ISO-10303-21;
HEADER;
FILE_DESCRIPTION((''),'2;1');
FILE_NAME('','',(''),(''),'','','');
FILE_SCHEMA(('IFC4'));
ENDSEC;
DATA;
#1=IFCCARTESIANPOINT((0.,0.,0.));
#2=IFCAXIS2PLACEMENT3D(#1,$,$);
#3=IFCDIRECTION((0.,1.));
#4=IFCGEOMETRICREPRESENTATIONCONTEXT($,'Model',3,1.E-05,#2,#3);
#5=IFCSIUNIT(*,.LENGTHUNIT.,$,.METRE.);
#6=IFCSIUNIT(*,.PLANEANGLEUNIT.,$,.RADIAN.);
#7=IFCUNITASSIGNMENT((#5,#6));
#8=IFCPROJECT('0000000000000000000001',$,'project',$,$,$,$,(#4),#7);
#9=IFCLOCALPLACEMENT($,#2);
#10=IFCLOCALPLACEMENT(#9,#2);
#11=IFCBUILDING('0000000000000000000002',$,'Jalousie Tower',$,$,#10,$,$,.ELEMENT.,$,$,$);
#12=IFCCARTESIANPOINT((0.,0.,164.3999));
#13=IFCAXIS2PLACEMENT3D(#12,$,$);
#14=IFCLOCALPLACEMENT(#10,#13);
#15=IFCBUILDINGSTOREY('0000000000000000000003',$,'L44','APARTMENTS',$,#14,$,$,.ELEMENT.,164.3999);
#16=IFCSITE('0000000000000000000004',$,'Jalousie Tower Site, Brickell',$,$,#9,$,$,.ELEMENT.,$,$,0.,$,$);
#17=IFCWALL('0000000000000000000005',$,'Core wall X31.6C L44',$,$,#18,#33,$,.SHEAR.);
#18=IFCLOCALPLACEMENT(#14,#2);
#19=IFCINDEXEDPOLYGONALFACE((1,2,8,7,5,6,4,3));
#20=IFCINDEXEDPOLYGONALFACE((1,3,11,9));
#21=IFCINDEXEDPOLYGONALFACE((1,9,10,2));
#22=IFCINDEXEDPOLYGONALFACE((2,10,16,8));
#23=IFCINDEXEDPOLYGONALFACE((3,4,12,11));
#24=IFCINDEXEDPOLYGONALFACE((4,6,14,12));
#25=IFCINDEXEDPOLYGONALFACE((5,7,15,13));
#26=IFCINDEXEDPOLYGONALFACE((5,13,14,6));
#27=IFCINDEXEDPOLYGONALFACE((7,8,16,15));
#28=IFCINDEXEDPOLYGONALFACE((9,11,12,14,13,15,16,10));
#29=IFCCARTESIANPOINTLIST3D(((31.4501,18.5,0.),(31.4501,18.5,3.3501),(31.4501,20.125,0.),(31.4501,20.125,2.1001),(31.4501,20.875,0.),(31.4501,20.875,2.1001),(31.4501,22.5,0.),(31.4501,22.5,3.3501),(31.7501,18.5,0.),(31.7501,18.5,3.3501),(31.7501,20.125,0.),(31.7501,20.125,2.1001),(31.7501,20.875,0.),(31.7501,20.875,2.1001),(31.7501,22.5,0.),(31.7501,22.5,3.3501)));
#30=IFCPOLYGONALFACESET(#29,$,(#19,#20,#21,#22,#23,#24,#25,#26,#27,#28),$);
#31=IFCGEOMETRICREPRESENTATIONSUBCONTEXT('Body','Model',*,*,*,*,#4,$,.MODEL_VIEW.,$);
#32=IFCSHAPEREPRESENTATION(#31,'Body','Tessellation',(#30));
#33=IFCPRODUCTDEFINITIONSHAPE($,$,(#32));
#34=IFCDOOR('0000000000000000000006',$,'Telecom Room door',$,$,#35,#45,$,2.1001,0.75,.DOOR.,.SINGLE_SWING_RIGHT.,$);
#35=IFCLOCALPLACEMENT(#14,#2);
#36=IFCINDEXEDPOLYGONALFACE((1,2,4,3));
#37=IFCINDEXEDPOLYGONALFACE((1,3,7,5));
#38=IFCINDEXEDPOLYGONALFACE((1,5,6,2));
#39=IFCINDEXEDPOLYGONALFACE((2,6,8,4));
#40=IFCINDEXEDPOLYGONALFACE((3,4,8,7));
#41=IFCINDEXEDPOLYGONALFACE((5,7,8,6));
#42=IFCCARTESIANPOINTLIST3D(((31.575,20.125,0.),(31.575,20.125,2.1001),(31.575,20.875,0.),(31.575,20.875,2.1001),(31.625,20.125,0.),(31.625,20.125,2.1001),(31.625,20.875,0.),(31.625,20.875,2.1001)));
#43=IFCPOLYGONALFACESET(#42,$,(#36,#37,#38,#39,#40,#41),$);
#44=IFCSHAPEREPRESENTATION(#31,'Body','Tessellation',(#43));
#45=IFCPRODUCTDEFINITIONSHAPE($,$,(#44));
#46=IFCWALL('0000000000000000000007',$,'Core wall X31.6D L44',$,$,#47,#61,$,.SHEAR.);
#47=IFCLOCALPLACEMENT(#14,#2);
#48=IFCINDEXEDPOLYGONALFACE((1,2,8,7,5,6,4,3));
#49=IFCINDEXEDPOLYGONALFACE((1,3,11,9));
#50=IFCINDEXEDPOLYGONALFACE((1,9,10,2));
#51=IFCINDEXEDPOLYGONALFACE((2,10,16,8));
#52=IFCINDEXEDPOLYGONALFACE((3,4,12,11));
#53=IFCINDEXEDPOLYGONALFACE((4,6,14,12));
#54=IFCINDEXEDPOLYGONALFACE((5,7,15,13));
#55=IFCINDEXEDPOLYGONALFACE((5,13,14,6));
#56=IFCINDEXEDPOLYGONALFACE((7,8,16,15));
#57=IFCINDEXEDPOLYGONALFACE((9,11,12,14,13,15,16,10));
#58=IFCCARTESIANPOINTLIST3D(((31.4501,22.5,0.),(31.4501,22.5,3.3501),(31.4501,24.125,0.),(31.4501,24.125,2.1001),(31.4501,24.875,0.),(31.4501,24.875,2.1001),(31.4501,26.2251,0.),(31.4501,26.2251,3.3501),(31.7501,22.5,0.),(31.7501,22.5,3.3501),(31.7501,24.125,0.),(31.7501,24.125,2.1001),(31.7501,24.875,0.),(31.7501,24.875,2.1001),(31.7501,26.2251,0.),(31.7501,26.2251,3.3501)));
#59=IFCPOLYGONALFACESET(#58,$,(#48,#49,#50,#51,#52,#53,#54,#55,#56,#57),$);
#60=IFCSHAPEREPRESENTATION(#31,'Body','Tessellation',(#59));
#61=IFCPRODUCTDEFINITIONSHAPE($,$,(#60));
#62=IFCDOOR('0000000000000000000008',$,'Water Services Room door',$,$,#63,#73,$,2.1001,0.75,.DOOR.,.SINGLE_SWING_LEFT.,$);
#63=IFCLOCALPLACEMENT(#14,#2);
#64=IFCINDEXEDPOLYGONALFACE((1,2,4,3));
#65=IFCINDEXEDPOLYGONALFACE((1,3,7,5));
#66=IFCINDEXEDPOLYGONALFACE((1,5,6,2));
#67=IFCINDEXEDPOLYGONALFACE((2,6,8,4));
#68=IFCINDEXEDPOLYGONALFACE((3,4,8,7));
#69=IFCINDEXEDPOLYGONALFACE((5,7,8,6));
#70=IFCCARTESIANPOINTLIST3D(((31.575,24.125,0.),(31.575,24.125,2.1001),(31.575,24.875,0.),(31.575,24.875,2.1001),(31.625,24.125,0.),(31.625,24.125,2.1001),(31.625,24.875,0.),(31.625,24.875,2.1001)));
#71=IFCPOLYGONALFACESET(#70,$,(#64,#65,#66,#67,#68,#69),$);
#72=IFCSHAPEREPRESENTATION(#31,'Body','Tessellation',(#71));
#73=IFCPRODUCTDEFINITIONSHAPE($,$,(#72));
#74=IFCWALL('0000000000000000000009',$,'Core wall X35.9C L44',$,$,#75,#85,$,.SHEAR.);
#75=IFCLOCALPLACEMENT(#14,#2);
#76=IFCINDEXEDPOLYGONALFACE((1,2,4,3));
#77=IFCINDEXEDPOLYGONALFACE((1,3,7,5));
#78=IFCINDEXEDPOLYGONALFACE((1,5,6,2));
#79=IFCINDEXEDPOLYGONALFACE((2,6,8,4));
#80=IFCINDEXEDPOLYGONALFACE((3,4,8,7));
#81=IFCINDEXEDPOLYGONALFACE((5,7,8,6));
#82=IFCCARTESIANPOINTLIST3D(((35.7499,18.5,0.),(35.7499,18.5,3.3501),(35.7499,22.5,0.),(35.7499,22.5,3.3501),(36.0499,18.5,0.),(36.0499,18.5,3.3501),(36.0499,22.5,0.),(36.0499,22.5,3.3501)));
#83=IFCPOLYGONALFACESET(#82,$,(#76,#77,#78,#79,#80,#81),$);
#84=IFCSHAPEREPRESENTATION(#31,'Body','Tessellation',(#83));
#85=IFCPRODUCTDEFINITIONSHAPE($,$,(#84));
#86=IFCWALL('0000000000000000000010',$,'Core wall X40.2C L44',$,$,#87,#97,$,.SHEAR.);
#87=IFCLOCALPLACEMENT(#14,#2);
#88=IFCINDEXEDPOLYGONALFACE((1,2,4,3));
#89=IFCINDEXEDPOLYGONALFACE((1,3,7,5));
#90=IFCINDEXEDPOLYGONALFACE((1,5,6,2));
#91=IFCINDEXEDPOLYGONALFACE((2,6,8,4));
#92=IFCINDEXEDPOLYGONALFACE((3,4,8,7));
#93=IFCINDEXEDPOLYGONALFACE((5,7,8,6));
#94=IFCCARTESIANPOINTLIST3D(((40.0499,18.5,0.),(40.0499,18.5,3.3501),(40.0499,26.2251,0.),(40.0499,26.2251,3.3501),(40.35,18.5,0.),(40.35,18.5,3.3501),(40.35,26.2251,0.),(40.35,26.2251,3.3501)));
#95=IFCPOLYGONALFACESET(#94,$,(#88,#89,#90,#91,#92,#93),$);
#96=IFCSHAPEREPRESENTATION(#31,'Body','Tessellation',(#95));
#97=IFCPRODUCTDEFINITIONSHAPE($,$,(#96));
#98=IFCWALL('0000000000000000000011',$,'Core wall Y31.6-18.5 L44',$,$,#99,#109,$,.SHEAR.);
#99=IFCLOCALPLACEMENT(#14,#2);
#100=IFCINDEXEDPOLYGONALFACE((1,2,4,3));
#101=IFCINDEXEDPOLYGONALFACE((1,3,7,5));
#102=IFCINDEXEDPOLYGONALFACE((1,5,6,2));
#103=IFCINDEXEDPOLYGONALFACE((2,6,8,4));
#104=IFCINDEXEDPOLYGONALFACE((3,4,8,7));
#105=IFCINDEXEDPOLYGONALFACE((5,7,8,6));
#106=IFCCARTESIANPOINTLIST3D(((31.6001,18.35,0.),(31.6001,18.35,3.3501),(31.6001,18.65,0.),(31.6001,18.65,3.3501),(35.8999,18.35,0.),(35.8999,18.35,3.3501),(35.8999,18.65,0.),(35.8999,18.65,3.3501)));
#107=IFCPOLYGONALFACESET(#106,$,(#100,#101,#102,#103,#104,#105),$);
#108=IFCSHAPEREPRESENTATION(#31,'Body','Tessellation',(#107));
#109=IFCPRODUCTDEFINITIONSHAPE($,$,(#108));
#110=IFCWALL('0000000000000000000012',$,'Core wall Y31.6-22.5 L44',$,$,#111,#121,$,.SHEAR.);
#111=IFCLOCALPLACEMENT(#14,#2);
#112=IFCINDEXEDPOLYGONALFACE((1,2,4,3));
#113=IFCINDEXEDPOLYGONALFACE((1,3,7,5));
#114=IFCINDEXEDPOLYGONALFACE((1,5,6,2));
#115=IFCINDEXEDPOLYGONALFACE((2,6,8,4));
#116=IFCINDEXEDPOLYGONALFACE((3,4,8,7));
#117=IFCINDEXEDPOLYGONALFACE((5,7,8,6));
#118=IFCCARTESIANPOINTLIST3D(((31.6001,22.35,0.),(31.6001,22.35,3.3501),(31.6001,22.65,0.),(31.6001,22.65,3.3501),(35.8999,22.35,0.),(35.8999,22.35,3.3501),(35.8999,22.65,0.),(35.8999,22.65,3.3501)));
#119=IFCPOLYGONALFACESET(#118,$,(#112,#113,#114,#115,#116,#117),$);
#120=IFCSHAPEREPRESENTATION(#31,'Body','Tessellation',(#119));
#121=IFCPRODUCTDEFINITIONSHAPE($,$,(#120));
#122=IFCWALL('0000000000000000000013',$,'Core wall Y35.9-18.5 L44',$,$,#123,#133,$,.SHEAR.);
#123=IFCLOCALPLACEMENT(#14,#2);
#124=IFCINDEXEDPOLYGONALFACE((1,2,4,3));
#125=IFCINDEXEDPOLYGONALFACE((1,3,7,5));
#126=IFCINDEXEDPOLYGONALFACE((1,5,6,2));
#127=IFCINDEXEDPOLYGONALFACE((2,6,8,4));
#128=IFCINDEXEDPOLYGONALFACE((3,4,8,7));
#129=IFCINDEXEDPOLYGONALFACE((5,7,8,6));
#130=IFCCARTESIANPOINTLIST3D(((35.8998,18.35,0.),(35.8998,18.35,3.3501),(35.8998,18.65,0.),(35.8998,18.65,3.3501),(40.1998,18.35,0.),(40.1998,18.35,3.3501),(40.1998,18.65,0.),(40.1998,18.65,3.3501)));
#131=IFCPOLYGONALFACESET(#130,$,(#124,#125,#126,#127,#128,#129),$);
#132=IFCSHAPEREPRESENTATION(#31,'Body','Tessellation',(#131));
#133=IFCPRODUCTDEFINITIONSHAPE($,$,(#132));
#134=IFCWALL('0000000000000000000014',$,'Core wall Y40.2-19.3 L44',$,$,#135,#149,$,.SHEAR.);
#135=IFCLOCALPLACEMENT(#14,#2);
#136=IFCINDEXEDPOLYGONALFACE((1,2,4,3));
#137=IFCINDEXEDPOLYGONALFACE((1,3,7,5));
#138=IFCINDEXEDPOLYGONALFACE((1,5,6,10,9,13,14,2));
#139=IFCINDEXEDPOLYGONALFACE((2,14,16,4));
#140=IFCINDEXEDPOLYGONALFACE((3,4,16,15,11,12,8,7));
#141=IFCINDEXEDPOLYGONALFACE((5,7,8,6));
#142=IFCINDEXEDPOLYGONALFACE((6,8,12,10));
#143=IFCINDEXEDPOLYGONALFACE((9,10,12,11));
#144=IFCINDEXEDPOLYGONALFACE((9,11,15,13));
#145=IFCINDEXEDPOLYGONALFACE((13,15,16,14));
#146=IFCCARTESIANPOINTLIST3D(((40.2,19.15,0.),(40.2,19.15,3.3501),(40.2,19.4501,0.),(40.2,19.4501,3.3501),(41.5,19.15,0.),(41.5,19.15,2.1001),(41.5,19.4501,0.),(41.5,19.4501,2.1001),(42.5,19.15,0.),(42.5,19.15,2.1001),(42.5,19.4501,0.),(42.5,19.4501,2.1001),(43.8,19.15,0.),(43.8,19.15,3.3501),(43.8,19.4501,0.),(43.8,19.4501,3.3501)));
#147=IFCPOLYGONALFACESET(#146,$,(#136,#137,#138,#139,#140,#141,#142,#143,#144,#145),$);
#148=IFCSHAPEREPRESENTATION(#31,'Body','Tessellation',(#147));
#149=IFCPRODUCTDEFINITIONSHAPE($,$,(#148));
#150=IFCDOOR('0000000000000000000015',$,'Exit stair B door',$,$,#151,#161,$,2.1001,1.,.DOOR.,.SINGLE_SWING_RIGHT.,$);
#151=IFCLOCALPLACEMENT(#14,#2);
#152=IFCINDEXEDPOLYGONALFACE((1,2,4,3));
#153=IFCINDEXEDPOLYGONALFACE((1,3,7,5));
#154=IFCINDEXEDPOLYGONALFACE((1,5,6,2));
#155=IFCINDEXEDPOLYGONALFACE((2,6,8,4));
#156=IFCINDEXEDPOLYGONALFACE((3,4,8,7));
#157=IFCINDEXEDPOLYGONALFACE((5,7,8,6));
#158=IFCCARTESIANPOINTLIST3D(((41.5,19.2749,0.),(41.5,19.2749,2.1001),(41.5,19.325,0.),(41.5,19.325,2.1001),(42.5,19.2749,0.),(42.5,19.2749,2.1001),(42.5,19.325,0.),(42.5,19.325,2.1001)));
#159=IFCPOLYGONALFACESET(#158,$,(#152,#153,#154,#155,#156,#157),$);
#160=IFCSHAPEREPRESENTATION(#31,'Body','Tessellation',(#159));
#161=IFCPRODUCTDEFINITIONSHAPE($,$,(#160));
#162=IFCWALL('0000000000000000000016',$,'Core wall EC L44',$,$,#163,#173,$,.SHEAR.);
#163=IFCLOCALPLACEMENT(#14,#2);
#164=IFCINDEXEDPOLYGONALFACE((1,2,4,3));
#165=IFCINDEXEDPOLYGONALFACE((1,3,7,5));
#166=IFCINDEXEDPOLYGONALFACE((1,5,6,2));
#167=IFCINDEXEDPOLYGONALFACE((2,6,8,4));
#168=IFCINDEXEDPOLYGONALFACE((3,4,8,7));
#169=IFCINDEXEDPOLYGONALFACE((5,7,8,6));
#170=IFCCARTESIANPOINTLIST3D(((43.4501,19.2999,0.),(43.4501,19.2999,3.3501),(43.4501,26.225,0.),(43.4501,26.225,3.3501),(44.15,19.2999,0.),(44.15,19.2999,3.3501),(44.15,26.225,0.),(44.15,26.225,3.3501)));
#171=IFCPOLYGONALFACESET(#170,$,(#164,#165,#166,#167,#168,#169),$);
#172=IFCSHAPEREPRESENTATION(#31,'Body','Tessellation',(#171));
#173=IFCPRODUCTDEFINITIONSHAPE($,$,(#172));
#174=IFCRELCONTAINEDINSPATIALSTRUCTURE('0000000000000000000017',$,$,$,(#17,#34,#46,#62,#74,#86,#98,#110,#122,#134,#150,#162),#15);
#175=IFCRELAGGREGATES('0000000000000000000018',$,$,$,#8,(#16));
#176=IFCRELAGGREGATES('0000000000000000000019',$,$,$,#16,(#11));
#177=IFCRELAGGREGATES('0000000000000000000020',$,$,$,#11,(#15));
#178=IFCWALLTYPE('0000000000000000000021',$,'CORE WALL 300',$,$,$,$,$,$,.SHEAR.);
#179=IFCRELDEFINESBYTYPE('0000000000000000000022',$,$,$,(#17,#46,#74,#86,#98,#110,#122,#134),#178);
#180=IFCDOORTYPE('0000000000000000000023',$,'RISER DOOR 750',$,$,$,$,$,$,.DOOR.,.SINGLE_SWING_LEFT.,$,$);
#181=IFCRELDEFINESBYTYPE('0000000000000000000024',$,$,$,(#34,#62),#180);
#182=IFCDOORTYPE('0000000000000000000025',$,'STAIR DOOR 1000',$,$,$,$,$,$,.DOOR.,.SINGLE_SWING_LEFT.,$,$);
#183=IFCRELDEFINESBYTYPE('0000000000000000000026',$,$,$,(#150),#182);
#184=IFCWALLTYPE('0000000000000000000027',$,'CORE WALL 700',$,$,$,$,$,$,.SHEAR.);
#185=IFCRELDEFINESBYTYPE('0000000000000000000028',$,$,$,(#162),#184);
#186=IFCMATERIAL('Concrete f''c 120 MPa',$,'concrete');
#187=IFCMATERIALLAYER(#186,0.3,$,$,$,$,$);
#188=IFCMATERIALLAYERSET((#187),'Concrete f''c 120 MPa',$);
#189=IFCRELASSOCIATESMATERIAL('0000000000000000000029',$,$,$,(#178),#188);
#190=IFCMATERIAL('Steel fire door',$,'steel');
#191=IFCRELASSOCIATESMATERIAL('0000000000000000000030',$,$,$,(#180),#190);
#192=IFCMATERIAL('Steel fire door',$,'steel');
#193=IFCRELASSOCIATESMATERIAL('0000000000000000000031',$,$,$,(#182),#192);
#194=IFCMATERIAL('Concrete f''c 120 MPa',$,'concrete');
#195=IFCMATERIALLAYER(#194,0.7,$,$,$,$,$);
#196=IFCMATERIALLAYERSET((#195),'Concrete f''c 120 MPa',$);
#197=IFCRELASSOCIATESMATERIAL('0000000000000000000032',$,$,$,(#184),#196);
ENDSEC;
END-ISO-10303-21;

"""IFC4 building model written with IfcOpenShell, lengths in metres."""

from ifc_helpers import new_model, si_unit, direction, frame, frame_2d, origin, place, context, subcontext, project, spatial, rectangle, extrude, material, layer, layer_set, type_object, element, fill, save


model = new_model("IFC4")

# Units and contexts
model_context = context("Model", 3, precision=1e-05, world=origin(), true_north=direction((0.0, 1.0)))
body_context = subcontext(model_context, "Body", "Model", "MODEL_VIEW")
ifc_project = project(units=[si_unit("LENGTHUNIT", "METRE"), si_unit("PLANEANGLEUNIT", "RADIAN")], contexts=[model_context])

# Site, building, storey
site_placement = place(None, origin())
site = spatial("IfcSite", under=ifc_project, at=site_placement, Name="Jalousie Tower Site, Brickell", CompositionType="ELEMENT", RefElevation=0.0)
building_placement = place(site_placement, origin())
building = spatial("IfcBuilding", under=site, at=building_placement, Name="Jalousie Tower", CompositionType="ELEMENT")
storey_placement = place(building_placement, frame((0.0, 0.0, 164.3999)))
storey = spatial("IfcBuildingStorey", under=building, at=storey_placement, Name="L44", Description="APARTMENTS", CompositionType="ELEMENT", Elevation=164.3999)

# Walls, openings, doors
ifc_material_1 = material(Name="Concrete f'c 120 MPa", Category="concrete")
ifc_layer_1 = layer(ifc_material_1, 0.3)
ifc_layer_set_1 = layer_set([ifc_layer_1], Name="Concrete f'c 120 MPa")
wall_type_1 = type_object("IfcWallType", Name="CORE WALL 300", PredefinedType="SHEAR", material=ifc_layer_set_1)
wall_1_placement = place(storey_placement, frame((31.6001, 18.5, 0.0), z_axis=(0.0, 0.0, 1.0), x_axis=(0.0, 1.0, 0.0)))
wall_1 = element("IfcWall", 1, at=wall_1_placement, inside=storey, type_object=wall_type_1, Name="Core wall X31.6C L44", PredefinedType="SHEAR", context=body_context, shape_type="SweptSolid", body=[
    extrude(rectangle(XDim=4.0, YDim=0.3, at=frame_2d((2.0, 0.0))), origin(), (0.0, 0.0, 1.0), 3.3501),
])
opening_1_placement = place(wall_1_placement, frame((1.625, 0.0, 0.0)))
opening_1 = element("IfcOpeningElement", 2, at=opening_1_placement, cuts=wall_1, PredefinedType="OPENING", context=body_context, shape_type="SweptSolid", body=[
    extrude(rectangle(XDim=0.75, YDim=2.1001, at=frame_2d((0.375, 1.05))), frame((0.0, 0.1599, 0.0), z_axis=(0.0, -1.0, 0.0), x_axis=(1.0, 0.0, 0.0)), (0.0, 0.0, 1.0), 0.3201),
])
ifc_material_2 = material(Name="Steel fire door", Category="steel")
door_type_1 = type_object("IfcDoorType", Name="RISER DOOR 750", OperationType="SINGLE_SWING_LEFT", PredefinedType="DOOR", material=ifc_material_2)
door_1_placement = place(opening_1_placement, frame((0.75, 0.0, 0.0), z_axis=(0.0, 0.0, 1.0), x_axis=(-1.0, 0.0, 0.0)))
door_1 = element("IfcDoor", 3, at=door_1_placement, inside=storey, type_object=door_type_1, Name="Telecom Room door", OperationType="SINGLE_SWING_RIGHT", OverallHeight=2.1001, OverallWidth=0.75, PredefinedType="DOOR", context=body_context, shape_type="SweptSolid", body=[
    extrude(rectangle(XDim=0.75, YDim=2.1001, at=frame_2d((0.375, 1.05))), frame((0.0, 0.0249, 0.0), z_axis=(0.0, -1.0, 0.0), x_axis=(1.0, 0.0, 0.0)), (0.0, 0.0, 1.0), 0.05),
])
fill(opening_1, door_1)
wall_2_placement = place(storey_placement, frame((31.6001, 22.5, 0.0), z_axis=(0.0, 0.0, 1.0), x_axis=(0.0, 1.0, 0.0)))
wall_2 = element("IfcWall", 4, at=wall_2_placement, inside=storey, type_object=wall_type_1, Name="Core wall X31.6D L44", PredefinedType="SHEAR", context=body_context, shape_type="SweptSolid", body=[
    extrude(rectangle(XDim=3.7251, YDim=0.3, at=frame_2d((1.8625, 0.0))), origin(), (0.0, 0.0, 1.0), 3.3501),
])
opening_2_placement = place(wall_2_placement, frame((1.625, 0.0, 0.0)))
opening_2 = element("IfcOpeningElement", 5, at=opening_2_placement, cuts=wall_2, PredefinedType="OPENING", context=body_context, shape_type="SweptSolid", body=[
    extrude(rectangle(XDim=0.75, YDim=2.1001, at=frame_2d((0.375, 1.05))), frame((0.0, 0.1599, 0.0), z_axis=(0.0, -1.0, 0.0), x_axis=(1.0, 0.0, 0.0)), (0.0, 0.0, 1.0), 0.3201),
])
door_2_placement = place(opening_2_placement, frame((0.75, 0.0, 0.0), z_axis=(0.0, 0.0, 1.0), x_axis=(-1.0, 0.0, 0.0)))
door_2 = element("IfcDoor", 6, at=door_2_placement, inside=storey, type_object=door_type_1, Name="Water Services Room door", OperationType="SINGLE_SWING_LEFT", OverallHeight=2.1001, OverallWidth=0.75, PredefinedType="DOOR", context=body_context, shape_type="SweptSolid", body=[
    extrude(rectangle(XDim=0.75, YDim=2.1001, at=frame_2d((0.375, 1.05))), frame((0.0, 0.0249, 0.0), z_axis=(0.0, -1.0, 0.0), x_axis=(1.0, 0.0, 0.0)), (0.0, 0.0, 1.0), 0.05),
])
fill(opening_2, door_2)

# Walls
wall_3_placement = place(storey_placement, frame((35.8999, 18.5, 0.0), z_axis=(0.0, 0.0, 1.0), x_axis=(0.0, 1.0, 0.0)))
element("IfcWall", 7, at=wall_3_placement, inside=storey, type_object=wall_type_1, Name="Core wall X35.9C L44", PredefinedType="SHEAR", context=body_context, shape_type="SweptSolid", body=[
    extrude(rectangle(XDim=4.0, YDim=0.3, at=frame_2d((2.0, 0.0))), origin(), (0.0, 0.0, 1.0), 3.3501),
])
wall_4_placement = place(storey_placement, frame((40.2, 18.5, 0.0), z_axis=(0.0, 0.0, 1.0), x_axis=(0.0, 1.0, 0.0)))
element("IfcWall", 8, at=wall_4_placement, inside=storey, type_object=wall_type_1, Name="Core wall X40.2C L44", PredefinedType="SHEAR", context=body_context, shape_type="SweptSolid", body=[
    extrude(rectangle(XDim=7.7251, YDim=0.3, at=frame_2d((3.8625, 0.0))), origin(), (0.0, 0.0, 1.0), 3.3501),
])
for number, where, z_axis, x_axis, name in (
    (9, (31.6001, 18.5, 0.0), (0.0, 0.0, 1.0), (1.0, 0.0, 0.0), "Core wall Y31.6-18.5 L44"),
    (10, (31.6001, 22.5, 0.0), (0.0, 0.0, 1.0), (1.0, 0.0, 0.0), "Core wall Y31.6-22.5 L44"),
):
    element("IfcWall", number, at=place(storey_placement, frame(where, z_axis=z_axis, x_axis=x_axis)), inside=storey, type_object=wall_type_1, Name=name, PredefinedType="SHEAR", context=body_context, shape_type="SweptSolid", body=[
        extrude(rectangle(XDim=4.2998, YDim=0.3, at=frame_2d((2.1499, 0.0))), origin(), (0.0, 0.0, 1.0), 3.3501),
    ])
wall_5_placement = place(storey_placement, frame((35.8999, 18.5, 0.0), z_axis=(0.0, 0.0, 1.0), x_axis=(1.0, 0.0, 0.0)))
element("IfcWall", 11, at=wall_5_placement, inside=storey, type_object=wall_type_1, Name="Core wall Y35.9-18.5 L44", PredefinedType="SHEAR", context=body_context, shape_type="SweptSolid", body=[
    extrude(rectangle(XDim=4.3, YDim=0.3, at=frame_2d((2.1499, 0.0))), origin(), (0.0, 0.0, 1.0), 3.3501),
])

# Wall, opening, door
wall_6_placement = place(storey_placement, frame((40.2, 19.3, 0.0), z_axis=(0.0, 0.0, 1.0), x_axis=(1.0, 0.0, 0.0)))
wall_6 = element("IfcWall", 12, at=wall_6_placement, inside=storey, type_object=wall_type_1, Name="Core wall Y40.2-19.3 L44", PredefinedType="SHEAR", context=body_context, shape_type="SweptSolid", body=[
    extrude(rectangle(XDim=3.6001, YDim=0.3, at=frame_2d((1.8, 0.0))), origin(), (0.0, 0.0, 1.0), 3.3501),
])
opening_3_placement = place(wall_6_placement, frame((1.3, 0.0, 0.0)))
opening_3 = element("IfcOpeningElement", 13, at=opening_3_placement, cuts=wall_6, PredefinedType="OPENING", context=body_context, shape_type="SweptSolid", body=[
    extrude(rectangle(XDim=1.0, YDim=2.1001, at=frame_2d((0.5, 1.05))), frame((0.0, 0.1599, 0.0), z_axis=(0.0, -1.0, 0.0), x_axis=(1.0, 0.0, 0.0)), (0.0, 0.0, 1.0), 0.3201),
])
ifc_material_3 = material(Name="Steel fire door", Category="steel")
door_type_2 = type_object("IfcDoorType", Name="STAIR DOOR 1000", OperationType="SINGLE_SWING_LEFT", PredefinedType="DOOR", material=ifc_material_3)
door_3_placement = place(opening_3_placement, origin())
door_3 = element("IfcDoor", 14, at=door_3_placement, inside=storey, type_object=door_type_2, Name="Exit stair B door", OperationType="SINGLE_SWING_RIGHT", OverallHeight=2.1001, OverallWidth=1.0, PredefinedType="DOOR", context=body_context, shape_type="SweptSolid", body=[
    extrude(rectangle(XDim=1.0, YDim=2.1001, at=frame_2d((0.5, 1.05))), frame((0.0, 0.0249, 0.0), z_axis=(0.0, -1.0, 0.0), x_axis=(1.0, 0.0, 0.0)), (0.0, 0.0, 1.0), 0.05),
])
fill(opening_3, door_3)

# Wall
ifc_material_4 = material(Name="Concrete f'c 120 MPa", Category="concrete")
ifc_layer_2 = layer(ifc_material_4, 0.7)
ifc_layer_set_2 = layer_set([ifc_layer_2], Name="Concrete f'c 120 MPa")
wall_type_2 = type_object("IfcWallType", Name="CORE WALL 700", PredefinedType="SHEAR", material=ifc_layer_set_2)
wall_7_placement = place(storey_placement, frame((43.8, 19.3, 0.0), z_axis=(0.0, 0.0, 1.0), x_axis=(0.0, 1.0, 0.0)))
element("IfcWall", 15, at=wall_7_placement, inside=storey, type_object=wall_type_2, Name="Core wall EC L44", PredefinedType="SHEAR", context=body_context, shape_type="SweptSolid", body=[
    extrude(rectangle(XDim=6.925, YDim=0.7, at=frame_2d((3.4624, 0.0))), origin(), (0.0, 0.0, 1.0), 3.3501),
])

save(model, "model.ifc")
